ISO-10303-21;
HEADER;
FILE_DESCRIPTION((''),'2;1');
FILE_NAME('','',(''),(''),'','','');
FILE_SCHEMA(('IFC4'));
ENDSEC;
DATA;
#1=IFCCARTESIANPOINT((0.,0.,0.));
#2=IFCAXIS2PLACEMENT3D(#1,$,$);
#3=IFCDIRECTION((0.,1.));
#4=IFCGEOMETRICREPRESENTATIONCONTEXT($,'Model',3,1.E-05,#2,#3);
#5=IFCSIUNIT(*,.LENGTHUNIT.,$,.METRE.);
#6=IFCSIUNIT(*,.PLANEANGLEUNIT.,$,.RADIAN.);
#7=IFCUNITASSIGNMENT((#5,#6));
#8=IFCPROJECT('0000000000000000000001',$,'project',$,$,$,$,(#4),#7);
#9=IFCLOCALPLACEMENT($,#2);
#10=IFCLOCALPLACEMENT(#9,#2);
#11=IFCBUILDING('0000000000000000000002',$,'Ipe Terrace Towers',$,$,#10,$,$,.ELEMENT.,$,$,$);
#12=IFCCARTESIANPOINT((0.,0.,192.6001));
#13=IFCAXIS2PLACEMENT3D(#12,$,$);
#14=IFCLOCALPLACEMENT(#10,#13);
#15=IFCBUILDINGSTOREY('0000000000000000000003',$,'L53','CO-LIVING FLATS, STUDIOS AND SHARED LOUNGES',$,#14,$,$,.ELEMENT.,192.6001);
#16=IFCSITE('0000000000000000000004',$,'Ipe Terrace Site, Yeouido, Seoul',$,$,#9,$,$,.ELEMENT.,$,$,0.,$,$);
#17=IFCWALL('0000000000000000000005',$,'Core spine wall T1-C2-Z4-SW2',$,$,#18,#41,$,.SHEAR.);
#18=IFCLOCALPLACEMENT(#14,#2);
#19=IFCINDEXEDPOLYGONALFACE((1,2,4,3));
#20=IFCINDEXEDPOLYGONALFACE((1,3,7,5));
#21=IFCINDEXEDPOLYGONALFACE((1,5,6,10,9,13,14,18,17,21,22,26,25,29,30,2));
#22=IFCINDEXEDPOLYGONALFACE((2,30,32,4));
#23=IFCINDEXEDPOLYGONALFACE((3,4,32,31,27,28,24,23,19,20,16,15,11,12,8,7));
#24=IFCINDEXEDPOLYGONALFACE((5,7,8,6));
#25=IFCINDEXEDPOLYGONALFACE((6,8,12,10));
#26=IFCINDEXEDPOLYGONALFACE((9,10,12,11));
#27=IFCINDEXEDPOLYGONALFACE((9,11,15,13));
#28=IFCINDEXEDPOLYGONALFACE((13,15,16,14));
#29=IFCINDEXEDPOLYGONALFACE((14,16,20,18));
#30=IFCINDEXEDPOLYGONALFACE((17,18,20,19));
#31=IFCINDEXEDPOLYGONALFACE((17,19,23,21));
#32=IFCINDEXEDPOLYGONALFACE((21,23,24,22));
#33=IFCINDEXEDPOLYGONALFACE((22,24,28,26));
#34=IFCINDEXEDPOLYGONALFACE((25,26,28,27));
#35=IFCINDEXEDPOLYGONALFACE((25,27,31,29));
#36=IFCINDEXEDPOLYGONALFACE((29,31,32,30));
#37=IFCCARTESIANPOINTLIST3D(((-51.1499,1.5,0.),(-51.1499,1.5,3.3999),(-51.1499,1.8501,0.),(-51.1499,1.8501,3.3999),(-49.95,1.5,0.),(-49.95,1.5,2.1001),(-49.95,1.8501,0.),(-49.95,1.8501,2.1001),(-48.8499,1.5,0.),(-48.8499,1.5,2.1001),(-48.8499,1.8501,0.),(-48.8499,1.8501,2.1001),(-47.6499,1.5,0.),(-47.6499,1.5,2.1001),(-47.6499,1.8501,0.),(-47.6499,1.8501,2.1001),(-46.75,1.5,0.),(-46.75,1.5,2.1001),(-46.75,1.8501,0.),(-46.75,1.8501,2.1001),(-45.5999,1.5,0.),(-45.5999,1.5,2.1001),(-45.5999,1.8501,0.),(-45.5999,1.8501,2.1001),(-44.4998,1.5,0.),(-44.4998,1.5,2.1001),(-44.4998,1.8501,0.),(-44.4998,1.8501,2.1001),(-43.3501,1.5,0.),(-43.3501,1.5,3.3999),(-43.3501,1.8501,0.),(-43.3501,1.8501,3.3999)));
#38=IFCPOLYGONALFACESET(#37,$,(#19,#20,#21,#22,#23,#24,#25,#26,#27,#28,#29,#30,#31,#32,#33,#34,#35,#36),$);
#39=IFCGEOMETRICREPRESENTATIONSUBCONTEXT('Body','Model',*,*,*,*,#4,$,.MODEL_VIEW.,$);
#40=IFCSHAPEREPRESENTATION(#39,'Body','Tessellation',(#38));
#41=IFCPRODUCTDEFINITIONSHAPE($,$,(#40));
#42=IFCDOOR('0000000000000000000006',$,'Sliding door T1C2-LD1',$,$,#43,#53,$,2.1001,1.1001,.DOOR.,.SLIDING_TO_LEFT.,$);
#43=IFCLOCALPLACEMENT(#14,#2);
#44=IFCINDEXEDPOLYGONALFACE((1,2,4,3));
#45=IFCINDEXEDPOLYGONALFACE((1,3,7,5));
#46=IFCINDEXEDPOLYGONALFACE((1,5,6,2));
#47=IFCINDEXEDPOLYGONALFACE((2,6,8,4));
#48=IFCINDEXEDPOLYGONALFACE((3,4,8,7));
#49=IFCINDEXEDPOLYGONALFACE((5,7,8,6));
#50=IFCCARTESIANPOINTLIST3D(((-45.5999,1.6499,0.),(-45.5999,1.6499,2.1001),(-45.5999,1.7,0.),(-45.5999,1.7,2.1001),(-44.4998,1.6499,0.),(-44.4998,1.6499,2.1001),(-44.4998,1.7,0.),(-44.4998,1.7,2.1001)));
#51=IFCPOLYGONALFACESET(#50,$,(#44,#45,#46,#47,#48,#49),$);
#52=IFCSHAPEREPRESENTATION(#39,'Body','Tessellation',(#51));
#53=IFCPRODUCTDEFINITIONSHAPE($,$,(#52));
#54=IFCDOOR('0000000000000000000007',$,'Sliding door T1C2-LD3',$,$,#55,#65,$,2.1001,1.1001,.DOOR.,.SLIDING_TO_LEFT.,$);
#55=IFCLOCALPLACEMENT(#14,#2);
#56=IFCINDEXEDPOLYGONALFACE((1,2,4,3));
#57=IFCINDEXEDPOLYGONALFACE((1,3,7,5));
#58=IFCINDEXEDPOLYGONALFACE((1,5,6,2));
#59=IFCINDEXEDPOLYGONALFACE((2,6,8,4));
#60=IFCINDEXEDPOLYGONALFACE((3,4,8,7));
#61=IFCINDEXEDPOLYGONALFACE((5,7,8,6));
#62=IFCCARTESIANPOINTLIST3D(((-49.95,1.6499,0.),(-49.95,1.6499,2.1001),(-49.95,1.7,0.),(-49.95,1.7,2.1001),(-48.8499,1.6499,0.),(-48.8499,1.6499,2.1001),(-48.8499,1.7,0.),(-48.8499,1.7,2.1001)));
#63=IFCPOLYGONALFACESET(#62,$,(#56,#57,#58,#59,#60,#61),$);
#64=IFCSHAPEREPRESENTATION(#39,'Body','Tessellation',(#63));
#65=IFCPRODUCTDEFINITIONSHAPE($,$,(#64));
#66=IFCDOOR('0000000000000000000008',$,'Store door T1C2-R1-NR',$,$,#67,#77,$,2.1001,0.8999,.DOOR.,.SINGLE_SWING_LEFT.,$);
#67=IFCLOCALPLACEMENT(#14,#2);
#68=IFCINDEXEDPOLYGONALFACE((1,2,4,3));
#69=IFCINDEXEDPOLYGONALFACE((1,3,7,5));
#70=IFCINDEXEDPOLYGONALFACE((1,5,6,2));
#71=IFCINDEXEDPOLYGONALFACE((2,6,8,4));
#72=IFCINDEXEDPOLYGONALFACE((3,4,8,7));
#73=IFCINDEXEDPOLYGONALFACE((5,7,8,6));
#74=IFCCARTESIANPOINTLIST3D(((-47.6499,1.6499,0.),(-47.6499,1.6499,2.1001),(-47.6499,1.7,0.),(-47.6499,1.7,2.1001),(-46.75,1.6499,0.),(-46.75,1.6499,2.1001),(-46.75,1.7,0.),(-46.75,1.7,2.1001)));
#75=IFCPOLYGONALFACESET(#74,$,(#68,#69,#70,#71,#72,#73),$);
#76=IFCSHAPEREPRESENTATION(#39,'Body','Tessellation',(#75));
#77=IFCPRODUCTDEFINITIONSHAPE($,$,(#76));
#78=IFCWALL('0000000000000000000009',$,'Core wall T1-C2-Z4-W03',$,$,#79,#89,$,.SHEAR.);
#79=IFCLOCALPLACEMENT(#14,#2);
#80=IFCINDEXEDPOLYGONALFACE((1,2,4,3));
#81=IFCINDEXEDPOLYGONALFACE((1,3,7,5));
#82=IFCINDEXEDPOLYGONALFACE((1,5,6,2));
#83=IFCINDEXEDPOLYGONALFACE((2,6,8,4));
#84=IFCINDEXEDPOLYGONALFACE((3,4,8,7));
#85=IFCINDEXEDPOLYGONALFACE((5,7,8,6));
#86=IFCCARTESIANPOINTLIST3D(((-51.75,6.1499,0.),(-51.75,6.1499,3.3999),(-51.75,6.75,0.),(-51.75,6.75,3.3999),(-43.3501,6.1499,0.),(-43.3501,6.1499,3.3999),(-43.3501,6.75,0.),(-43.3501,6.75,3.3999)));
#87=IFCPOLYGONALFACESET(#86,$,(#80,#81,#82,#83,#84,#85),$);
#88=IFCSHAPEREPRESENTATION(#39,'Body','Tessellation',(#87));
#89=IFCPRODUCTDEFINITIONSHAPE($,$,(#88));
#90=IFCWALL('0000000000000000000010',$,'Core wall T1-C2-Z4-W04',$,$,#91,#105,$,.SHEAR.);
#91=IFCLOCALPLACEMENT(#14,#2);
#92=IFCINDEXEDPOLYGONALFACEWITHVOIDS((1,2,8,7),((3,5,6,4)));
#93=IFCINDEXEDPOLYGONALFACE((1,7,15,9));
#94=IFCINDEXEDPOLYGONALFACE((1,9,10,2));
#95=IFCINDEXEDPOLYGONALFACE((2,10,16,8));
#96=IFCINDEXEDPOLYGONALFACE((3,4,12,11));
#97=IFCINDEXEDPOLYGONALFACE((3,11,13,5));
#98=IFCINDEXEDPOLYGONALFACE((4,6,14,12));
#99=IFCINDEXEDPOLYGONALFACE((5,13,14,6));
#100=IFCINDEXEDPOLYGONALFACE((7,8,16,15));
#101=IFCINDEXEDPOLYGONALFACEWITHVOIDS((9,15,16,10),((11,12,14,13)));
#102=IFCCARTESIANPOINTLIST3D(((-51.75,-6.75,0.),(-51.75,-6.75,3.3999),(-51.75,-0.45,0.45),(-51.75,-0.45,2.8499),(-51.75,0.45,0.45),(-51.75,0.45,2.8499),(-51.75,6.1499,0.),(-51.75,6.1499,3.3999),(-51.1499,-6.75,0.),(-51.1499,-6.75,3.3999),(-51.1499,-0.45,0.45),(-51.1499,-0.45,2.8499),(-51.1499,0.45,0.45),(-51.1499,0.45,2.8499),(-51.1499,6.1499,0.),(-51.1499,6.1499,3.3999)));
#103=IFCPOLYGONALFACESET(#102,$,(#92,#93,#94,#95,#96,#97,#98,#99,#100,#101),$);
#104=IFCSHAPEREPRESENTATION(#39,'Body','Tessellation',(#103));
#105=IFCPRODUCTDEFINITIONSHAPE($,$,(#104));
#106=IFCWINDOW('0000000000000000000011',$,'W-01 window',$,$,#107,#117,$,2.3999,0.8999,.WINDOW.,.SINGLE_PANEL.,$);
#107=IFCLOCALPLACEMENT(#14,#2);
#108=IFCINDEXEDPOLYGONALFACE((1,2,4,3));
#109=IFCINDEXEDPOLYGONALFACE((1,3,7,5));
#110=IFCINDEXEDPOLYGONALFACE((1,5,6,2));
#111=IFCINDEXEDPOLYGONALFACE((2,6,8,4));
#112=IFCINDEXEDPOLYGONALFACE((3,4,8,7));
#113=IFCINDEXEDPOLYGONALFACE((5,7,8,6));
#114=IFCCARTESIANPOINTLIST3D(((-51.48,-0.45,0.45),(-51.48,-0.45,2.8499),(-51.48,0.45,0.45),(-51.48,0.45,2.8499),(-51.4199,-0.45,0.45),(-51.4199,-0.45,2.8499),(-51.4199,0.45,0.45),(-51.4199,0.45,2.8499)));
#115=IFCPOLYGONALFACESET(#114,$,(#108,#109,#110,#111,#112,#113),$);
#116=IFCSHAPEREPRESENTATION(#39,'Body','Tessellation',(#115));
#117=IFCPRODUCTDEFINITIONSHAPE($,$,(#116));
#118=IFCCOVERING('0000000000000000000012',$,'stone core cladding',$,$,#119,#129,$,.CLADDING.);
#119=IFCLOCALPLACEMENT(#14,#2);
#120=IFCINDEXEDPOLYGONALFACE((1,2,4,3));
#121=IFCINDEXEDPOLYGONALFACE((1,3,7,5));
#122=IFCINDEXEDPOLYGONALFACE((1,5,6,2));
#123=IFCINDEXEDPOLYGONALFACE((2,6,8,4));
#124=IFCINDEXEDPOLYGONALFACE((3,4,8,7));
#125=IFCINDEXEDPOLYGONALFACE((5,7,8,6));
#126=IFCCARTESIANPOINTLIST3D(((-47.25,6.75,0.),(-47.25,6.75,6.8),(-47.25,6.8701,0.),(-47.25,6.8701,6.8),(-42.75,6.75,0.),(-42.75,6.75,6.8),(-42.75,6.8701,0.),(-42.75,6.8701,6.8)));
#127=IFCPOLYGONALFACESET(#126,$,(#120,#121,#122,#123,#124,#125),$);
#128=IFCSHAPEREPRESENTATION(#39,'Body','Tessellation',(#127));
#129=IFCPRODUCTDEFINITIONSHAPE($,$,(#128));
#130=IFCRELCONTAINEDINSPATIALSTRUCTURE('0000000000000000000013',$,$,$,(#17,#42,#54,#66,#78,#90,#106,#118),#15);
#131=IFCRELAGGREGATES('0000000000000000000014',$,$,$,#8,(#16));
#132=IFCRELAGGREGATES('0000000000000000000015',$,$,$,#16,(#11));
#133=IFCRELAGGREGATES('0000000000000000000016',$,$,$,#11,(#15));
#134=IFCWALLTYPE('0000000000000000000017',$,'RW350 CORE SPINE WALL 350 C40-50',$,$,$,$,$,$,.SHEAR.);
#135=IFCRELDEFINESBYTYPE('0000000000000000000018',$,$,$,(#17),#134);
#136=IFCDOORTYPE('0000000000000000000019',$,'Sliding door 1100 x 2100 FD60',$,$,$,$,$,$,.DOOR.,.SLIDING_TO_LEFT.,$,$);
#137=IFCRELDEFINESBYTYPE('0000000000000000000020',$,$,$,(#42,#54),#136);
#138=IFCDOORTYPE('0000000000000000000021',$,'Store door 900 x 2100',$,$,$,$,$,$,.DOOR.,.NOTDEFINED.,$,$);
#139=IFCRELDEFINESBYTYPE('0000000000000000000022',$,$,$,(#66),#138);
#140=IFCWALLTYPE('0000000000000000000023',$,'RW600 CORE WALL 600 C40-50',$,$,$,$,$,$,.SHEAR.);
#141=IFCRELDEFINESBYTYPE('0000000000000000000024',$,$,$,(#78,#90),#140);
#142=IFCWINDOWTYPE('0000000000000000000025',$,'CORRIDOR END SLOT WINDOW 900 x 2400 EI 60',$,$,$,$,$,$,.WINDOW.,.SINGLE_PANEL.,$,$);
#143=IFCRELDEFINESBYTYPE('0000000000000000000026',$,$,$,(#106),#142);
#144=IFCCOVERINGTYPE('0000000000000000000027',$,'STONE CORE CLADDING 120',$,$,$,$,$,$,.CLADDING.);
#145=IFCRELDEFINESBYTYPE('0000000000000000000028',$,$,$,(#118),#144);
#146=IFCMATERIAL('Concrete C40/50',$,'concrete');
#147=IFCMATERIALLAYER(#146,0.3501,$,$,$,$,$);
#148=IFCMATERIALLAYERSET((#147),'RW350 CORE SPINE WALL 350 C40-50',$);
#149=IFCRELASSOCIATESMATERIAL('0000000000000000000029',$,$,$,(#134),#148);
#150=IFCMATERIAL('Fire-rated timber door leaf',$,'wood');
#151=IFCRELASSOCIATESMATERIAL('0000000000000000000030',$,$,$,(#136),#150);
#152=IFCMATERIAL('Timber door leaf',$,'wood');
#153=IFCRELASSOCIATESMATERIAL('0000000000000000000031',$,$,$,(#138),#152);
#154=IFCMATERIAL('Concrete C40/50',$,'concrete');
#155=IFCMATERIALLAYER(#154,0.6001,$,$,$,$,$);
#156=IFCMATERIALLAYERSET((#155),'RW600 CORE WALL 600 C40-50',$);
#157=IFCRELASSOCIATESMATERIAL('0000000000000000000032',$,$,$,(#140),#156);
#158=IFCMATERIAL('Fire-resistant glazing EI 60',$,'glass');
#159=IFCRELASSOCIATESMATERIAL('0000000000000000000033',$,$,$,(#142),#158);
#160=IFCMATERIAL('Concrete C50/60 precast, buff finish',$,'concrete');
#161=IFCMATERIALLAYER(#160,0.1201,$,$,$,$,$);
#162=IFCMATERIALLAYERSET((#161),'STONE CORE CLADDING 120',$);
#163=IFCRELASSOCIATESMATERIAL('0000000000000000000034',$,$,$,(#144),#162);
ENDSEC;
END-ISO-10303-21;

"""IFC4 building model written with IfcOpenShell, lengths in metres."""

from ifc_helpers import new_model, si_unit, direction, frame, frame_2d, origin, origin_2d, place, context, subcontext, project, spatial, rectangle, extrude, material, layer, layer_set, type_object, element, fill, save


model = new_model("IFC4")

# Units and contexts
model_context = context("Model", 3, precision=1e-05, world=origin(), true_north=direction((0.0, 1.0)))
body_context = subcontext(model_context, "Body", "Model", "MODEL_VIEW")
ifc_project = project(units=[si_unit("LENGTHUNIT", "METRE"), si_unit("PLANEANGLEUNIT", "RADIAN")], contexts=[model_context])

# Site, building, storey
site_placement = place(None, origin())
site = spatial("IfcSite", under=ifc_project, at=site_placement, Name="Ipe Terrace Site, Yeouido, Seoul", CompositionType="ELEMENT", RefElevation=0.0)
building_placement = place(site_placement, origin())
building = spatial("IfcBuilding", under=site, at=building_placement, Name="Ipe Terrace Towers", CompositionType="ELEMENT")
storey_placement = place(building_placement, frame((0.0, 0.0, 192.6001)))
storey = spatial("IfcBuildingStorey", under=building, at=storey_placement, Name="L53", Description="CO-LIVING FLATS, STUDIOS AND SHARED LOUNGES", CompositionType="ELEMENT", Elevation=192.6001)

# Wall, openings, doors
ifc_material_1 = material(Name="Concrete C40/50", Category="concrete")
ifc_layer_1 = layer(ifc_material_1, 0.3501)
ifc_layer_set_1 = layer_set([ifc_layer_1], Name="RW350 CORE SPINE WALL 350 C40-50")
wall_type_1 = type_object("IfcWallType", Name="RW350 CORE SPINE WALL 350 C40-50", PredefinedType="SHEAR", material=ifc_layer_set_1)
wall_1_placement = place(storey_placement, frame((-51.1499, 1.675, 0.0), z_axis=(0.0, 0.0, 1.0), x_axis=(1.0, 0.0, 0.0)))
wall_1 = element("IfcWall", 1, at=wall_1_placement, inside=storey, type_object=wall_type_1, Name="Core spine wall T1-C2-Z4-SW2", PredefinedType="SHEAR", context=body_context, shape_type="SweptSolid", body=[
    extrude(rectangle(XDim=7.7998, YDim=0.3501, at=frame_2d((3.8999, 0.0))), origin(), (0.0, 0.0, 1.0), 3.3999),
])
opening_1_placement = place(wall_1_placement, frame((5.55, 0.0, 0.0)))
opening_1 = element("IfcOpeningElement", 2, at=opening_1_placement, cuts=wall_1, PredefinedType="OPENING", context=body_context, shape_type="SweptSolid", body=[
    extrude(rectangle(XDim=1.1001, YDim=2.1001, at=frame_2d((0.55, 1.05))), frame((0.0, 0.1851, 0.0), z_axis=(0.0, -1.0, 0.0), x_axis=(1.0, 0.0, 0.0)), (0.0, 0.0, 1.0), 0.3701),
])
opening_2_placement = place(wall_1_placement, frame((1.2, 0.0, 0.0)))
opening_2 = element("IfcOpeningElement", 3, at=opening_2_placement, cuts=wall_1, PredefinedType="OPENING", context=body_context, shape_type="SweptSolid", body=[
    extrude(rectangle(XDim=1.1001, YDim=2.1001, at=frame_2d((0.55, 1.05))), frame((0.0, 0.1851, 0.0), z_axis=(0.0, -1.0, 0.0), x_axis=(1.0, 0.0, 0.0)), (0.0, 0.0, 1.0), 0.3701),
])
opening_3_placement = place(wall_1_placement, frame((3.5, 0.0, 0.0)))
opening_3 = element("IfcOpeningElement", 4, at=opening_3_placement, cuts=wall_1, PredefinedType="OPENING", context=body_context, shape_type="SweptSolid", body=[
    extrude(rectangle(XDim=0.8999, YDim=2.1001, at=frame_2d((0.45, 1.05))), frame((0.0, 0.1851, 0.0), z_axis=(0.0, -1.0, 0.0), x_axis=(1.0, 0.0, 0.0)), (0.0, 0.0, 1.0), 0.3701),
])
ifc_material_2 = material(Name="Fire-rated timber door leaf", Category="wood")
door_type_1 = type_object("IfcDoorType", Name="Sliding door 1100 x 2100 FD60", OperationType="SLIDING_TO_LEFT", PredefinedType="DOOR", material=ifc_material_2)
door_1_placement = place(opening_1_placement, origin())
door_1 = element("IfcDoor", 5, at=door_1_placement, inside=storey, type_object=door_type_1, Name="Sliding door T1C2-LD1", OperationType="SLIDING_TO_LEFT", OverallHeight=2.1001, OverallWidth=1.1001, PredefinedType="DOOR", context=body_context, shape_type="SweptSolid", body=[
    extrude(rectangle(XDim=1.1001, YDim=2.1001, at=frame_2d((0.55, 1.05))), frame((0.0, 0.0249, 0.0), z_axis=(0.0, -1.0, 0.0), x_axis=(1.0, 0.0, 0.0)), (0.0, 0.0, 1.0), 0.05),
])
fill(opening_1, door_1)
door_2_placement = place(opening_2_placement, origin())
door_2 = element("IfcDoor", 6, at=door_2_placement, inside=storey, type_object=door_type_1, Name="Sliding door T1C2-LD3", OperationType="SLIDING_TO_LEFT", OverallHeight=2.1001, OverallWidth=1.1001, PredefinedType="DOOR", context=body_context, shape_type="SweptSolid", body=[
    extrude(rectangle(XDim=1.1001, YDim=2.1001, at=frame_2d((0.55, 1.05))), frame((0.0, 0.0249, 0.0), z_axis=(0.0, -1.0, 0.0), x_axis=(1.0, 0.0, 0.0)), (0.0, 0.0, 1.0), 0.05),
])
fill(opening_2, door_2)
ifc_material_3 = material(Name="Timber door leaf", Category="wood")
door_type_2 = type_object("IfcDoorType", Name="Store door 900 x 2100", OperationType="NOTDEFINED", PredefinedType="DOOR", material=ifc_material_3)
door_3_placement = place(opening_3_placement, origin())
door_3 = element("IfcDoor", 7, at=door_3_placement, inside=storey, type_object=door_type_2, Name="Store door T1C2-R1-NR", OperationType="SINGLE_SWING_LEFT", OverallHeight=2.1001, OverallWidth=0.8999, PredefinedType="DOOR", context=body_context, shape_type="SweptSolid", body=[
    extrude(rectangle(XDim=0.8999, YDim=2.1001, at=frame_2d((0.45, 1.05))), frame((0.0, 0.0249, 0.0), z_axis=(0.0, -1.0, 0.0), x_axis=(1.0, 0.0, 0.0)), (0.0, 0.0, 1.0), 0.05),
])
fill(opening_3, door_3)

# Wall
ifc_material_4 = material(Name="Concrete C40/50", Category="concrete")
ifc_layer_2 = layer(ifc_material_4, 0.6001)
ifc_layer_set_2 = layer_set([ifc_layer_2], Name="RW600 CORE WALL 600 C40-50")
wall_type_2 = type_object("IfcWallType", Name="RW600 CORE WALL 600 C40-50", PredefinedType="SHEAR", material=ifc_layer_set_2)
wall_2_placement = place(storey_placement, frame((-43.3501, 6.45, 0.0), z_axis=(0.0, 0.0, 1.0), x_axis=(-1.0, 0.0, 0.0)))
element("IfcWall", 8, at=wall_2_placement, inside=storey, type_object=wall_type_2, Name="Core wall T1-C2-Z4-W03", PredefinedType="SHEAR", context=body_context, shape_type="SweptSolid", body=[
    extrude(rectangle(XDim=8.3999, YDim=0.6001, at=frame_2d((4.2, 0.0))), origin(), (0.0, 0.0, 1.0), 3.3999),
])

# Wall, opening, window
wall_3_placement = place(storey_placement, frame((-51.45, 6.1499, 0.0), z_axis=(0.0, 0.0, 1.0), x_axis=(0.0, -1.0, 0.0)))
wall_3 = element("IfcWall", 9, at=wall_3_placement, inside=storey, type_object=wall_type_2, Name="Core wall T1-C2-Z4-W04", PredefinedType="SHEAR", context=body_context, shape_type="SweptSolid", body=[
    extrude(rectangle(XDim=12.8999, YDim=0.6001, at=frame_2d((6.45, 0.0))), origin(), (0.0, 0.0, 1.0), 3.3999),
])
opening_4_placement = place(wall_3_placement, frame((5.7, 0.0, 0.45)))
opening_4 = element("IfcOpeningElement", 10, at=opening_4_placement, cuts=wall_3, PredefinedType="OPENING", context=body_context, shape_type="SweptSolid", body=[
    extrude(rectangle(XDim=0.8999, YDim=2.3999, at=frame_2d((0.45, 1.2))), frame((0.0, 0.3101, 0.0), z_axis=(0.0, -1.0, 0.0), x_axis=(1.0, 0.0, 0.0)), (0.0, 0.0, 1.0), 0.6201),
])
ifc_material_5 = material(Name="Fire-resistant glazing EI 60", Category="glass")
window_type = type_object("IfcWindowType", Name="CORRIDOR END SLOT WINDOW 900 x 2400 EI 60", PartitioningType="SINGLE_PANEL", PredefinedType="WINDOW", material=ifc_material_5)
window_placement = place(opening_4_placement, origin())
window = element("IfcWindow", 11, at=window_placement, inside=storey, type_object=window_type, Name="W-01 window", OverallHeight=2.3999, OverallWidth=0.8999, PartitioningType="SINGLE_PANEL", PredefinedType="WINDOW", context=body_context, shape_type="SweptSolid", body=[
    extrude(rectangle(XDim=0.8999, YDim=2.3999, at=frame_2d((0.45, 1.2))), frame((0.0, 0.03, 0.0), z_axis=(0.0, -1.0, 0.0), x_axis=(1.0, 0.0, 0.0)), (0.0, 0.0, 1.0), 0.0601),
])
fill(opening_4, window)

# Covering
ifc_material_6 = material(Name="Concrete C50/60 precast, buff finish", Category="concrete")
ifc_layer_3 = layer(ifc_material_6, 0.1201)
ifc_layer_set_3 = layer_set([ifc_layer_3], Name="STONE CORE CLADDING 120")
covering_type = type_object("IfcCoveringType", Name="STONE CORE CLADDING 120", PredefinedType="CLADDING", material=ifc_layer_set_3)
covering_placement = place(storey_placement, frame((-45.0, 6.8101, 0.0), z_axis=(0.0, 0.0, 1.0), x_axis=(-1.0, 0.0, 0.0)))
element("IfcCovering", 12, at=covering_placement, inside=storey, type_object=covering_type, Name="stone core cladding", PredefinedType="CLADDING", context=body_context, shape_type="SweptSolid", body=[
    extrude(rectangle(XDim=4.5, YDim=0.1201, at=origin_2d()), origin(), (0.0, 0.0, 1.0), 6.8),
])

save(model, "model.ifc")
